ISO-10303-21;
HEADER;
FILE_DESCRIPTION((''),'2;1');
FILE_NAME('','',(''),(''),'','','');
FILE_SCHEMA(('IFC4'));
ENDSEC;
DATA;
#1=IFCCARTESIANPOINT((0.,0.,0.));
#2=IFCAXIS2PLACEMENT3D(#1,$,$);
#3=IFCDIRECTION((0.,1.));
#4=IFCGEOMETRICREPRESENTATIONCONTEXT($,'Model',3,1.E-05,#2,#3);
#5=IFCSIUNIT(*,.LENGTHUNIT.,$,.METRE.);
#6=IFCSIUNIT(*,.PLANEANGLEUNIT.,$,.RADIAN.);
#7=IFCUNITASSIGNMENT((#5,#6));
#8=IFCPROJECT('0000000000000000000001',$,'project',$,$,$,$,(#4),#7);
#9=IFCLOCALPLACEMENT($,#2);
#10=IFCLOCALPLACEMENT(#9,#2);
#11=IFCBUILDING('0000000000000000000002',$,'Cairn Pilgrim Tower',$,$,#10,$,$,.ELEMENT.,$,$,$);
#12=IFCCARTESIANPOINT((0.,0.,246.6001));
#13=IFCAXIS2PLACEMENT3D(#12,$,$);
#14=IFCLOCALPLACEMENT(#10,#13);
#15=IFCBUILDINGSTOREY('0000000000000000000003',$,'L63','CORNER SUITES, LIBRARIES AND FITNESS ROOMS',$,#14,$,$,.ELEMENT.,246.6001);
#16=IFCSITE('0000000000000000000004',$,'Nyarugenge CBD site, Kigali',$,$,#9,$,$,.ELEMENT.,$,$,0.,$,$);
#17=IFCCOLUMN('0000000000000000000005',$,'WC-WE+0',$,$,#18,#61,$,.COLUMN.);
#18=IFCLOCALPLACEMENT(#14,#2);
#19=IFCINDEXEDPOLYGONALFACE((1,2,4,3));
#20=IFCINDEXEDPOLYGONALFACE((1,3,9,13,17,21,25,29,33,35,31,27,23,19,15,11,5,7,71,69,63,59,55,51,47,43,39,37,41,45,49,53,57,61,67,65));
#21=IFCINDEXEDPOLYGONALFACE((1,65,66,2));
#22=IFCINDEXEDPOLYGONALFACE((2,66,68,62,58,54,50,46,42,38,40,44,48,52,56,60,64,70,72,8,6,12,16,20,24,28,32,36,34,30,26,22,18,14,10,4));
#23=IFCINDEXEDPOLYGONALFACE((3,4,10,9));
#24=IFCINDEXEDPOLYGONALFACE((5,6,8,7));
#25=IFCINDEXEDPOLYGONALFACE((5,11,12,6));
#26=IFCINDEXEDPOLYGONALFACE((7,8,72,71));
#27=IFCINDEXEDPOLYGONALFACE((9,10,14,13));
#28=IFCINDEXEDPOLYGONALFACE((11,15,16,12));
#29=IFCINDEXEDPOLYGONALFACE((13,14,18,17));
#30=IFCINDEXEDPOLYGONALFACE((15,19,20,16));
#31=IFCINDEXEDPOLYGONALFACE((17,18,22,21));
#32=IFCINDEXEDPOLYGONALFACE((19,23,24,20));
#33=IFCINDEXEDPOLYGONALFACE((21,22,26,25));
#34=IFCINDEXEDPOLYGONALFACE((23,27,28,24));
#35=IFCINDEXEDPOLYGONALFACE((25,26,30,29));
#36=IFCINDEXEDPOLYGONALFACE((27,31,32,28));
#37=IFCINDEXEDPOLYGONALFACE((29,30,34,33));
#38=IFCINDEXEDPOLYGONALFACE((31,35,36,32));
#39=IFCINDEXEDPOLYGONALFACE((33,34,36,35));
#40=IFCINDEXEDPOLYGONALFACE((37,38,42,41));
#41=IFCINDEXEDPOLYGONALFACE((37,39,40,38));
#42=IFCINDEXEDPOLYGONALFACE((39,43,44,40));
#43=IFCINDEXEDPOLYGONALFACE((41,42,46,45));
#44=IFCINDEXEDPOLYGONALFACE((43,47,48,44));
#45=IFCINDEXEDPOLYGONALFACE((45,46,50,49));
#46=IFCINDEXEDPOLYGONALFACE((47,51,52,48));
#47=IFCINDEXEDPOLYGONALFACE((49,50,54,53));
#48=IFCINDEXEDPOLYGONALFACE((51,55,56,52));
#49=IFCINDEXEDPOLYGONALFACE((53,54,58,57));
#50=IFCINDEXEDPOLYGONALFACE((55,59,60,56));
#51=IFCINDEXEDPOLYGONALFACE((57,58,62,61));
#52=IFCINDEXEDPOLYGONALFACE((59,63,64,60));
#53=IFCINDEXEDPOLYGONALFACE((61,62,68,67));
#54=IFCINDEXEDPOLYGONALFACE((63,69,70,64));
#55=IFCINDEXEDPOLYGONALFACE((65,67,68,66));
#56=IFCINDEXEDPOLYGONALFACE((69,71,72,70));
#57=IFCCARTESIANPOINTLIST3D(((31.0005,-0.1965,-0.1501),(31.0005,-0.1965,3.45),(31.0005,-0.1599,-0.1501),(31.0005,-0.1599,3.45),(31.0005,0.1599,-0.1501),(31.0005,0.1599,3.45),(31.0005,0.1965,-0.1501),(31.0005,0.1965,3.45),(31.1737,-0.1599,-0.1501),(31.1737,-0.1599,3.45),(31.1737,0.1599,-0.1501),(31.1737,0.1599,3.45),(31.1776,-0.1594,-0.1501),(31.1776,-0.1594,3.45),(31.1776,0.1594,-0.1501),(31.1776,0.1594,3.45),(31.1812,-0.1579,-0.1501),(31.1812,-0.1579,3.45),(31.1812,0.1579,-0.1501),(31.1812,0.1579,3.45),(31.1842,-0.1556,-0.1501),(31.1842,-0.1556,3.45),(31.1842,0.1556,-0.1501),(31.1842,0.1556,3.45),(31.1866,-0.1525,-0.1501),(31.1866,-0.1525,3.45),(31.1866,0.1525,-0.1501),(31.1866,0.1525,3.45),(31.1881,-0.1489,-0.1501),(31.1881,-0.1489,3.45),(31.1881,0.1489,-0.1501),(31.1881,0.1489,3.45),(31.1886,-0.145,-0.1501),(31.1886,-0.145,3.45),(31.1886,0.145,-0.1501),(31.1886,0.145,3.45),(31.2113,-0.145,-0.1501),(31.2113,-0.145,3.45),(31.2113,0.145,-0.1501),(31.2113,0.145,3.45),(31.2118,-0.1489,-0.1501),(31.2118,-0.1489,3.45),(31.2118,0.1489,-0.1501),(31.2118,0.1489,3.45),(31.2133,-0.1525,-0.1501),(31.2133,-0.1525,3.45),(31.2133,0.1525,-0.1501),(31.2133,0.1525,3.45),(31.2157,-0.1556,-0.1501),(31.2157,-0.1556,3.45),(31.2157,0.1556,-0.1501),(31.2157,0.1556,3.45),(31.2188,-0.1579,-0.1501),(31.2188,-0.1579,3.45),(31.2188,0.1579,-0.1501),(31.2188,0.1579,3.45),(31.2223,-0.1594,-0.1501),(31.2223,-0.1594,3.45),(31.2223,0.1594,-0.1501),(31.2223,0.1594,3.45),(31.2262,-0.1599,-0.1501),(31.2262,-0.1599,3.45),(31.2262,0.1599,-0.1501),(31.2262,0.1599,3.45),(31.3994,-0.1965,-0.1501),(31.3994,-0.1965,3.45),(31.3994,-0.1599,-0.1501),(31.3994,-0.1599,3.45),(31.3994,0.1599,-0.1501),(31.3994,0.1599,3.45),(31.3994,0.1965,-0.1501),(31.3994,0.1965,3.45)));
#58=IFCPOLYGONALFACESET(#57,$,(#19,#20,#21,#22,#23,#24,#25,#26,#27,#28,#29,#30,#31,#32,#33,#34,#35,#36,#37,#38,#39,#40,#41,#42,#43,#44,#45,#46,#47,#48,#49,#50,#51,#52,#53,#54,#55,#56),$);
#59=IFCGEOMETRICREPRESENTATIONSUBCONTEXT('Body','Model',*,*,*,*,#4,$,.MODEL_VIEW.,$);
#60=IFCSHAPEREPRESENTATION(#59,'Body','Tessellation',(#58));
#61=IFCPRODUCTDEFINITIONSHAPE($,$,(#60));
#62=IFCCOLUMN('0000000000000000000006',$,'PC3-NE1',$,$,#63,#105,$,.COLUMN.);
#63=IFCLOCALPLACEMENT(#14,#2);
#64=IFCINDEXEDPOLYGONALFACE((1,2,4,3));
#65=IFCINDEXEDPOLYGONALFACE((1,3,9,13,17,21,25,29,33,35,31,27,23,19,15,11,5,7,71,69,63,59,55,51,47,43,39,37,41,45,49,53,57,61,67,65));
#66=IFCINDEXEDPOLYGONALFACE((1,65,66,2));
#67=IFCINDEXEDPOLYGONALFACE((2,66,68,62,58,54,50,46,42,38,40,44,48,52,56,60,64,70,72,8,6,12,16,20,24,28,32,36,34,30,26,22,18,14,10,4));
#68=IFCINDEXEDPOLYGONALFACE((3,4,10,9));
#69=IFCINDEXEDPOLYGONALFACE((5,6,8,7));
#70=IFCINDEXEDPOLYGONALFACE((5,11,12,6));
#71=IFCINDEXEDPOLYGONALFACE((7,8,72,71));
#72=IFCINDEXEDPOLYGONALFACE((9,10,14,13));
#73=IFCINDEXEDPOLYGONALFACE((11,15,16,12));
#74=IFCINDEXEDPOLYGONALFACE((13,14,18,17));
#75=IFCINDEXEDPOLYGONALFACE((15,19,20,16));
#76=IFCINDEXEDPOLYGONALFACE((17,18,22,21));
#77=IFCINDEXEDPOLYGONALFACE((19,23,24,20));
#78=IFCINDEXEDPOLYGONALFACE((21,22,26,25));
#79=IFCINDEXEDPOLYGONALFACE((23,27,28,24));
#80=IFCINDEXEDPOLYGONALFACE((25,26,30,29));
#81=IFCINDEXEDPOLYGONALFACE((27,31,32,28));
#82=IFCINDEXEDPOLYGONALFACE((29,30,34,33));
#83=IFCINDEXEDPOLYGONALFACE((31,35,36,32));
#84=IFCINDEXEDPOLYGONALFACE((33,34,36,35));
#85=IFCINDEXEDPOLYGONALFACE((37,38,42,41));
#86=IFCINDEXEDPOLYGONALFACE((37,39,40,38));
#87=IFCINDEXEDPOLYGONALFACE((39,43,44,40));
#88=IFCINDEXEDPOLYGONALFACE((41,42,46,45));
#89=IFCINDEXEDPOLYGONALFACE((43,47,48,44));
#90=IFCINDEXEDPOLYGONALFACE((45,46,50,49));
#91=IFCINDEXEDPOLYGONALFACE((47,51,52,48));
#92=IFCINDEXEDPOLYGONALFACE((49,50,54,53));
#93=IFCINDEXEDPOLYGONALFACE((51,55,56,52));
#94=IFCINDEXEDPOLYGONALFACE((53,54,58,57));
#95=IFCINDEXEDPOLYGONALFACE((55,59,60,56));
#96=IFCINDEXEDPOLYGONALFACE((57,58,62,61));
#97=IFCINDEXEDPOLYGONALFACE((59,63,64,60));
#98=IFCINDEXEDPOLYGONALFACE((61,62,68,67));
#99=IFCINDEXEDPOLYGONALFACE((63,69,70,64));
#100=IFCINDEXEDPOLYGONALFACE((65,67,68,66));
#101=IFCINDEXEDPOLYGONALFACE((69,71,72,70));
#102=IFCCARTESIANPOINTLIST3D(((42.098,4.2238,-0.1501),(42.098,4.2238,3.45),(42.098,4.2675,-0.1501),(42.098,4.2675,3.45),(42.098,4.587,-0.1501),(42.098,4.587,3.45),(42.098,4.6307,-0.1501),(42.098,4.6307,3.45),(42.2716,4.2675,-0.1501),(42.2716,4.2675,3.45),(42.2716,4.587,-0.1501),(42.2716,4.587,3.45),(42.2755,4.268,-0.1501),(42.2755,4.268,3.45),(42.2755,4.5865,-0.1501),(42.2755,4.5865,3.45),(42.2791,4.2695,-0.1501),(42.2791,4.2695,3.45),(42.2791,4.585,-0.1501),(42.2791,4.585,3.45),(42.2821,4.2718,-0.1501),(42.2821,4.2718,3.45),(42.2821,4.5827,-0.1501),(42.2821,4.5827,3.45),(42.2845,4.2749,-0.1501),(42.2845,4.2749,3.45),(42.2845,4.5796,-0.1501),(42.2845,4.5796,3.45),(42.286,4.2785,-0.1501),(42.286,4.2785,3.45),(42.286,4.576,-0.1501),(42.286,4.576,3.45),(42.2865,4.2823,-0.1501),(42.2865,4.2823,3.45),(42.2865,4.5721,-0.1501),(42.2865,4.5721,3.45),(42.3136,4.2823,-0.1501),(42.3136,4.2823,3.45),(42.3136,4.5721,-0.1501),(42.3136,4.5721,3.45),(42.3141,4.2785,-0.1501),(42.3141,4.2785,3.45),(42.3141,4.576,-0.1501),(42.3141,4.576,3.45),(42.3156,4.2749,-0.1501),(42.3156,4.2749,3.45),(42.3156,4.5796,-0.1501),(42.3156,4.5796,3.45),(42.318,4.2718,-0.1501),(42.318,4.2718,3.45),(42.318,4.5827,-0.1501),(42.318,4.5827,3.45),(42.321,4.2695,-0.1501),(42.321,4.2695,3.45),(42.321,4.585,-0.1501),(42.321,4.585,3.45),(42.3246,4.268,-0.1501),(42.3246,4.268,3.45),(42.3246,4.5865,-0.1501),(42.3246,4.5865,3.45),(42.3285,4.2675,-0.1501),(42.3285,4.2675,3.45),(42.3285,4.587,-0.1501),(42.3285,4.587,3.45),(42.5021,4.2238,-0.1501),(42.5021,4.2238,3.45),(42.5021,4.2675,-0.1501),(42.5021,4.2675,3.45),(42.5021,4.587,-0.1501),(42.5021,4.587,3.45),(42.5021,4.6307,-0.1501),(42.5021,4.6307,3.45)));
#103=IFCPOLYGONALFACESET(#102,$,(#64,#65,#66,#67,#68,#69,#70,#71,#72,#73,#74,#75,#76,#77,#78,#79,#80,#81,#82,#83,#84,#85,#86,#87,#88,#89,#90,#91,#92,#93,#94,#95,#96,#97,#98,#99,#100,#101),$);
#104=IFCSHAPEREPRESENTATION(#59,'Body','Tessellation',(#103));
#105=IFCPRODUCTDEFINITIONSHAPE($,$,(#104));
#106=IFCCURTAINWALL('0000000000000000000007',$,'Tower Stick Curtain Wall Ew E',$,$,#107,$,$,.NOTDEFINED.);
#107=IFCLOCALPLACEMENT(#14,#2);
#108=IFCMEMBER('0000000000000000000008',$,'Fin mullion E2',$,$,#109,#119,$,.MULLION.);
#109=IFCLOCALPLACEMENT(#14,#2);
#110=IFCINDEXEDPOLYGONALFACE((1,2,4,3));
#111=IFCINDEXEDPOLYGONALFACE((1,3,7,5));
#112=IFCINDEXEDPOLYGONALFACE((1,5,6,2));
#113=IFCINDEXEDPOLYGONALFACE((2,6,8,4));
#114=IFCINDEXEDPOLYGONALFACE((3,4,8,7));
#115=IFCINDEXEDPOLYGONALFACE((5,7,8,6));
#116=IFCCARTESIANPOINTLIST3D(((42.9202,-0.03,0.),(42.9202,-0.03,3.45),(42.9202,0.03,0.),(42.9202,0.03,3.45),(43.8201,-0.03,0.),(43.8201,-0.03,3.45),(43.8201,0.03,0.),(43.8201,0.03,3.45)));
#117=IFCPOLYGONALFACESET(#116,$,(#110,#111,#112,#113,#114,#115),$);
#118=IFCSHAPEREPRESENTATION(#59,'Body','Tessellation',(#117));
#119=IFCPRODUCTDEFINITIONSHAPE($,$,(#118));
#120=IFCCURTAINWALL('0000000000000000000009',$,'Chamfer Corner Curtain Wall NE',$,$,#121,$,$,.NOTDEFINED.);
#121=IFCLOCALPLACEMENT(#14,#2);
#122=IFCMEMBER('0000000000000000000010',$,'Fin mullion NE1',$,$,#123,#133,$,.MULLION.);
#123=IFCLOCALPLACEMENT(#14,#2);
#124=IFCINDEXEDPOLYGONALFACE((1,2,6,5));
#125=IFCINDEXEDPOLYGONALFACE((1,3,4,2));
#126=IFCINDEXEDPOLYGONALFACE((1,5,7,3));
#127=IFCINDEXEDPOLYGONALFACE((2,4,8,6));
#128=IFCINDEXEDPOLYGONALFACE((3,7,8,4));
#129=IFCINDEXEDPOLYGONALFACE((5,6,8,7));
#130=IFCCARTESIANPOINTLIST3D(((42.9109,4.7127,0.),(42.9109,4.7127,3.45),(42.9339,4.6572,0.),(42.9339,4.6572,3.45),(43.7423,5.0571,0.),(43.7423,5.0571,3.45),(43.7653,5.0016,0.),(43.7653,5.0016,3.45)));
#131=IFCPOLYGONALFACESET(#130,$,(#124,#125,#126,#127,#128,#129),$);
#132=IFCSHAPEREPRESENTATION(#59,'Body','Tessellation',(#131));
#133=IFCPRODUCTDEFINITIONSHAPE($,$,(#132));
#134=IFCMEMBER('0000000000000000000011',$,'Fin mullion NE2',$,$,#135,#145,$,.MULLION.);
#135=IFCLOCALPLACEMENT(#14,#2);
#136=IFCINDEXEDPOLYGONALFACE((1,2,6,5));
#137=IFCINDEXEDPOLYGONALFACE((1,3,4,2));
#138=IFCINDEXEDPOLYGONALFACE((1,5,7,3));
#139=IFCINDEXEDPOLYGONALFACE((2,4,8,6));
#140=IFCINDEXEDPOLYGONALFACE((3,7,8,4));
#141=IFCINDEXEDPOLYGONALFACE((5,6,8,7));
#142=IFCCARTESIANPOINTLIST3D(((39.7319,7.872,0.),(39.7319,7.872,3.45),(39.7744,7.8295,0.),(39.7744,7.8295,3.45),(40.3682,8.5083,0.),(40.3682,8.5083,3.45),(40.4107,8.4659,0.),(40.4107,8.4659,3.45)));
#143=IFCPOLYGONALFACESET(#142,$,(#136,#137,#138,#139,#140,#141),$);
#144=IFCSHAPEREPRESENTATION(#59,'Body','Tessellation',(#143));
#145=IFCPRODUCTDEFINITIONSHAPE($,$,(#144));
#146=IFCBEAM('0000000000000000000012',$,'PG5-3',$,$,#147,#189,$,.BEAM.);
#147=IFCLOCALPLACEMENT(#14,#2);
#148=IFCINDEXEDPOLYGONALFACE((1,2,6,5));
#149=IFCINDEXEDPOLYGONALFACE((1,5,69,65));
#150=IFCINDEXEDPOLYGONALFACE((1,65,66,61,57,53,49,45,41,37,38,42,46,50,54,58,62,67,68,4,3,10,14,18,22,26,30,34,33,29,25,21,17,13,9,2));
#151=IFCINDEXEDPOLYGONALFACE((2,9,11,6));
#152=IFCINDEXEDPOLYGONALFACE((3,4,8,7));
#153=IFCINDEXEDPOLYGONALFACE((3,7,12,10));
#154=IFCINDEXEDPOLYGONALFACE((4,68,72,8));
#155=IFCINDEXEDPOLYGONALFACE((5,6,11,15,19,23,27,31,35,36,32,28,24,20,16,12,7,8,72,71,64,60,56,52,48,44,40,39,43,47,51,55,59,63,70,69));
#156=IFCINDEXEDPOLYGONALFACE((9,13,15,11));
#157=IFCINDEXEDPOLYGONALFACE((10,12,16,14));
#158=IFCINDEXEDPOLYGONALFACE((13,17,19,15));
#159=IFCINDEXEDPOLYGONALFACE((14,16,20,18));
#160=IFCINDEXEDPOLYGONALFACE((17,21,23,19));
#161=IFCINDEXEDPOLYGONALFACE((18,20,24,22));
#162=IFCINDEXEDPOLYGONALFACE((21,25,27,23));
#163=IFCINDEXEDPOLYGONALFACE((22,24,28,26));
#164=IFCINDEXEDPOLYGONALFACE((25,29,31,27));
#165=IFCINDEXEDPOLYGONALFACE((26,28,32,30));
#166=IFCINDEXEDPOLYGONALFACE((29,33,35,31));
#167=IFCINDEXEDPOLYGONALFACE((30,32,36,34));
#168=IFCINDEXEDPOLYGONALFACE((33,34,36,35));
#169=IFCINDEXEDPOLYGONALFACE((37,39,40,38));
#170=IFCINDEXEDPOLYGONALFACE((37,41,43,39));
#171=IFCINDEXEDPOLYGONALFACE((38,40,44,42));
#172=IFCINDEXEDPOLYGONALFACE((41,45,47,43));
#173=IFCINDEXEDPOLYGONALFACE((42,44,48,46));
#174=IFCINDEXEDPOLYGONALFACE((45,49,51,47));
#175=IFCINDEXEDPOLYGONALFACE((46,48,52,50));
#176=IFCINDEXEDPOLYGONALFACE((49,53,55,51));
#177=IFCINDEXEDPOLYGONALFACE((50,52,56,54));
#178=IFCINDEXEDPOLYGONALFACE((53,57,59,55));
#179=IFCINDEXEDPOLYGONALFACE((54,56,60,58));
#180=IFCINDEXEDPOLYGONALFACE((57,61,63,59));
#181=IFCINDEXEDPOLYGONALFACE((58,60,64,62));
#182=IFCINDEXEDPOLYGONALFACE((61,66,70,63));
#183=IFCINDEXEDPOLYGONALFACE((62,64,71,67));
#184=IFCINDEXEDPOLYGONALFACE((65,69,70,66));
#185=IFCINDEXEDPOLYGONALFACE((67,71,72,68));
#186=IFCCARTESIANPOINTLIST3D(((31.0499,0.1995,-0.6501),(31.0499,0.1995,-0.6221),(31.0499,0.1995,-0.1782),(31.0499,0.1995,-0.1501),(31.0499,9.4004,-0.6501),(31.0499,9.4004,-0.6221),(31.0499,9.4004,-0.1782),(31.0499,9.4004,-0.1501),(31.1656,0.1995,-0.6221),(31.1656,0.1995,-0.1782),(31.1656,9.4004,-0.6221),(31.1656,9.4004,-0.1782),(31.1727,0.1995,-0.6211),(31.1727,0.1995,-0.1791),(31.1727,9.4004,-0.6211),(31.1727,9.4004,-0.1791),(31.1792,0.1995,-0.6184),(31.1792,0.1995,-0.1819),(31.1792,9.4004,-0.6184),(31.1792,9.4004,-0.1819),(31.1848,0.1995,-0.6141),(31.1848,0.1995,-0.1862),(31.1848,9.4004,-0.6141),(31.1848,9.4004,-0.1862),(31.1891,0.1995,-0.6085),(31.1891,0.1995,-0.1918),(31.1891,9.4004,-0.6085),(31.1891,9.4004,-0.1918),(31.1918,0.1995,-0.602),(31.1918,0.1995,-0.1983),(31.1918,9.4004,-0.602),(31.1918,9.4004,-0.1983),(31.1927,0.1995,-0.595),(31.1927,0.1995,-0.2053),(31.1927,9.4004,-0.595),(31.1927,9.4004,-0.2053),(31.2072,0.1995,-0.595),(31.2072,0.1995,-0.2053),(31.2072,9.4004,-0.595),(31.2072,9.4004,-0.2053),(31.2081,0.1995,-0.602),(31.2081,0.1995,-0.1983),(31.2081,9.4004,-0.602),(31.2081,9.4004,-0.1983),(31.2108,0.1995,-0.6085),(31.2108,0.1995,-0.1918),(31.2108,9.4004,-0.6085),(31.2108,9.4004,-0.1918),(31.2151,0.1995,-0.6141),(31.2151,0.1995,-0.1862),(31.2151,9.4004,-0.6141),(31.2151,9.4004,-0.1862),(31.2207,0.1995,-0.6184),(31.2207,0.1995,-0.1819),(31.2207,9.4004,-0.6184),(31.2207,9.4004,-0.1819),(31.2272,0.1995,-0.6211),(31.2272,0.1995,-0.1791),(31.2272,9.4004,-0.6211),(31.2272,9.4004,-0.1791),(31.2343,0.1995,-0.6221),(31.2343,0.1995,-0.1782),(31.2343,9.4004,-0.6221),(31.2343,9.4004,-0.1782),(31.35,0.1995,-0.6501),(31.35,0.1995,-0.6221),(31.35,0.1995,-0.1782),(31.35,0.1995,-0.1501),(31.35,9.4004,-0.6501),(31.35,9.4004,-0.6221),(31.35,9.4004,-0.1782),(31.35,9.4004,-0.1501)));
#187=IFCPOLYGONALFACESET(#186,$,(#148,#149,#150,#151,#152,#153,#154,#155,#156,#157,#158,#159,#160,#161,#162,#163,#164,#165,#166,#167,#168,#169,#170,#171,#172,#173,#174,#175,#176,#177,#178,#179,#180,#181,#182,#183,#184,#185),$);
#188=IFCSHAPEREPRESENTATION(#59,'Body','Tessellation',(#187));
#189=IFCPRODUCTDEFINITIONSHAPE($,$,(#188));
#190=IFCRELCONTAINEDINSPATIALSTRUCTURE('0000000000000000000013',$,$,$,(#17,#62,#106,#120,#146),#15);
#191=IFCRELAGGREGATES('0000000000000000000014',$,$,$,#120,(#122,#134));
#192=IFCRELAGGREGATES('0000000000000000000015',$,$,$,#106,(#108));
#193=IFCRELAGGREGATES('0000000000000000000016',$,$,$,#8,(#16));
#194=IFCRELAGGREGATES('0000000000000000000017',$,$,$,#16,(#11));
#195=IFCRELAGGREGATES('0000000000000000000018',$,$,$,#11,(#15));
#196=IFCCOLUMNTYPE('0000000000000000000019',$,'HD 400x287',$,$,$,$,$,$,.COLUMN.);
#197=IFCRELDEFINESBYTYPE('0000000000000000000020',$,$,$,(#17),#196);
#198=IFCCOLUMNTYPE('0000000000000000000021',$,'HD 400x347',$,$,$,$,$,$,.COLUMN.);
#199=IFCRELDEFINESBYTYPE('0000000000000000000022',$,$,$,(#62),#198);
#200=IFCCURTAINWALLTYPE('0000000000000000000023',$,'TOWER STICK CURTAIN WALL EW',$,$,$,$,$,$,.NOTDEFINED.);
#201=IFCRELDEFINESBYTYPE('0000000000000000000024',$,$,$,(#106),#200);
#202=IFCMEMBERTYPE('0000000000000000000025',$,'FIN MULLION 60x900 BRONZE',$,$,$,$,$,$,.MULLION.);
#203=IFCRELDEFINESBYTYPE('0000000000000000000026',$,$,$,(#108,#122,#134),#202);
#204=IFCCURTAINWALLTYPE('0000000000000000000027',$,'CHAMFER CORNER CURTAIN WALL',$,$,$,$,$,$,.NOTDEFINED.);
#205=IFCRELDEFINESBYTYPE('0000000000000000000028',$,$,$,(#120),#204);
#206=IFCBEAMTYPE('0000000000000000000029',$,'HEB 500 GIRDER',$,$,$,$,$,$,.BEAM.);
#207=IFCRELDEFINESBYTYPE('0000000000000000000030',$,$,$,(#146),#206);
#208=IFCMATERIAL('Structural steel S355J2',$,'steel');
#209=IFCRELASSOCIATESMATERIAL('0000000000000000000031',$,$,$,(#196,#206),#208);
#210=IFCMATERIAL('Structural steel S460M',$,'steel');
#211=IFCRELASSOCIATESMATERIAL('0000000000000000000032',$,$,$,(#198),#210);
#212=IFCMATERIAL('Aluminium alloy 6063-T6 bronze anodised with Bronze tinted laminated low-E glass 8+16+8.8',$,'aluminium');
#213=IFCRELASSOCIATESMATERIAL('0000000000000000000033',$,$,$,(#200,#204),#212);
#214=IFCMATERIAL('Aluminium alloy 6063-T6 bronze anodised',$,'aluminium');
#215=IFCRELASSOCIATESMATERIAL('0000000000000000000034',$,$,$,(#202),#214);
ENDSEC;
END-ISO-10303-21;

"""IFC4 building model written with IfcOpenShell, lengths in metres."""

from ifc_helpers import new_model, si_unit, direction, frame, origin, origin_2d, place, context, subcontext, project, spatial, rectangle, i_section, extrude, material, material_profile, profile_set, type_object, element, aggregate, save


model = new_model("IFC4")

# Units and contexts
model_context = context("Model", 3, precision=1e-05, world=origin(), true_north=direction((0.0, 1.0)))
body_context = subcontext(model_context, "Body", "Model", "MODEL_VIEW")
ifc_project = project(units=[si_unit("LENGTHUNIT", "METRE"), si_unit("PLANEANGLEUNIT", "RADIAN")], contexts=[model_context])

# Site, building, storey
site_placement = place(None, origin())
site = spatial("IfcSite", under=ifc_project, at=site_placement, Name="Nyarugenge CBD site, Kigali", CompositionType="ELEMENT", RefElevation=0.0)
building_placement = place(site_placement, origin())
building = spatial("IfcBuilding", under=site, at=building_placement, Name="Cairn Pilgrim Tower", CompositionType="ELEMENT")
storey_placement = place(building_placement, frame((0.0, 0.0, 246.6001)))
storey = spatial("IfcBuildingStorey", under=building, at=storey_placement, Name="L63", Description="CORNER SUITES, LIBRARIES AND FITNESS ROOMS", CompositionType="ELEMENT", Elevation=246.6001)

# Columns
ifc_material_1 = material(Name="Structural steel S355J2", Category="steel")
ifc_material_profile_1 = material_profile(ifc_material_1, i_section(OverallWidth=0.3989, OverallDepth=0.3931, WebThickness=0.0227, FlangeThickness=0.0366, FilletRadius=0.0149, at=origin_2d()), Name="HD 400x287")
ifc_profile_set_1 = profile_set([ifc_material_profile_1], Name="Structural steel S355J2")
column_type_1 = type_object("IfcColumnType", Name="HD 400x287", PredefinedType="COLUMN", material=ifc_profile_set_1)
column_1_placement = place(storey_placement, frame((31.2, 0.0, -0.1501), z_axis=(0.0, 0.0, 1.0), x_axis=(1.0, 0.0, 0.0)))
element("IfcColumn", 1, at=column_1_placement, inside=storey, type_object=column_type_1, Name="WC-WE+0", PredefinedType="COLUMN", context=body_context, shape_type="SweptSolid", body=[
    extrude(i_section(OverallWidth=0.3989, OverallDepth=0.3931, WebThickness=0.0227, FlangeThickness=0.0366, FilletRadius=0.0149, at=origin_2d()), origin(), (0.0, 0.0, 1.0), 3.6001),
])
ifc_material_2 = material(Name="Structural steel S460M", Category="steel")
ifc_material_profile_2 = material_profile(ifc_material_2, i_section(OverallWidth=0.4041, OverallDepth=0.407, WebThickness=0.0271, FlangeThickness=0.0437, FilletRadius=0.0149, at=origin_2d()), Name="HD 400x347")
ifc_profile_set_2 = profile_set([ifc_material_profile_2], Name="Structural steel S460M")
column_type_2 = type_object("IfcColumnType", Name="HD 400x347", PredefinedType="COLUMN", material=ifc_profile_set_2)
column_2_placement = place(storey_placement, frame((42.3, 4.4272, -0.1501), z_axis=(0.0, 0.0, 1.0), x_axis=(1.0, 0.0, 0.0)))
element("IfcColumn", 2, at=column_2_placement, inside=storey, type_object=column_type_2, Name="PC3-NE1", PredefinedType="COLUMN", context=body_context, shape_type="SweptSolid", body=[
    extrude(i_section(OverallWidth=0.4041, OverallDepth=0.407, WebThickness=0.0271, FlangeThickness=0.0437, FilletRadius=0.0149, at=origin_2d()), origin(), (0.0, 0.0, 1.0), 3.6001),
])

# Curtain wall, member
ifc_material_3 = material(Name="Aluminium alloy 6063-T6 bronze anodised with Bronze tinted laminated low-E glass 8+16+8.8", Category="aluminium")
curtain_wall_type_1 = type_object("IfcCurtainWallType", Name="TOWER STICK CURTAIN WALL EW", PredefinedType="NOTDEFINED", material=ifc_material_3)
curtain_wall_1_placement = place(storey_placement, origin())
curtain_wall_1 = element("IfcCurtainWall", 3, at=curtain_wall_1_placement, inside=storey, type_object=curtain_wall_type_1, Name="Tower Stick Curtain Wall Ew E", PredefinedType="NOTDEFINED")
ifc_material_4 = material(Name="Aluminium alloy 6063-T6 bronze anodised", Category="aluminium")
ifc_material_profile_3 = material_profile(ifc_material_4, rectangle(XDim=0.8999, YDim=0.0601, at=origin_2d()), Name="FIN MULLION 60x900 BRONZE")
ifc_profile_set_3 = profile_set([ifc_material_profile_3], Name="Aluminium alloy 6063-T6 bronze anodised")
member_type_1 = type_object("IfcMemberType", Name="FIN MULLION 60x900 BRONZE", PredefinedType="MULLION", material=ifc_profile_set_3)
member_1_placement = place(storey_placement, frame((43.3701, 0.0, 0.0), z_axis=(0.0, 0.0, 1.0), x_axis=(1.0, 0.0, 0.0)))
member_1 = element("IfcMember", 4, at=member_1_placement, type_object=member_type_1, Name="Fin mullion E2", PredefinedType="MULLION", context=body_context, shape_type="SweptSolid", body=[
    extrude(rectangle(XDim=0.8999, YDim=0.0601, at=origin_2d()), origin(), (0.0, 0.0, 1.0), 3.45),
])

# Curtain wall, members
curtain_wall_type_2 = type_object("IfcCurtainWallType", Name="CHAMFER CORNER CURTAIN WALL", PredefinedType="NOTDEFINED", material=ifc_material_3)
curtain_wall_2_placement = place(storey_placement, origin())
curtain_wall_2 = element("IfcCurtainWall", 5, at=curtain_wall_2_placement, inside=storey, type_object=curtain_wall_type_2, Name="Chamfer Corner Curtain Wall NE", PredefinedType="NOTDEFINED")
member_2_placement = place(storey_placement, frame((43.3381, 4.8572, 0.0), z_axis=(0.0, 0.0, 1.0), x_axis=(0.92388, 0.382683, 0.0)))
member_2 = element("IfcMember", 6, at=member_2_placement, type_object=member_type_1, Name="Fin mullion NE1", PredefinedType="MULLION", context=body_context, shape_type="SweptSolid", body=[
    extrude(rectangle(XDim=0.8999, YDim=0.0601, at=origin_2d()), origin(), (0.0, 0.0, 1.0), 3.45),
])
member_3_placement = place(storey_placement, frame((40.0713, 8.1689, 0.0), z_axis=(0.0, 0.0, 1.0), x_axis=(0.707107, 0.707107, 0.0)))
member_3 = element("IfcMember", 7, at=member_3_placement, type_object=member_type_1, Name="Fin mullion NE2", PredefinedType="MULLION", context=body_context, shape_type="SweptSolid", body=[
    extrude(rectangle(XDim=0.8999, YDim=0.0601, at=origin_2d()), origin(), (0.0, 0.0, 1.0), 3.45),
])

# Beam
ifc_material_profile_4 = material_profile(ifc_material_1, i_section(OverallWidth=0.3, OverallDepth=0.5, WebThickness=0.0144, FlangeThickness=0.0281, FilletRadius=0.0271, at=origin_2d()), Name="HEB 500")
ifc_profile_set_4 = profile_set([ifc_material_profile_4], Name="Structural steel S355J2")
beam_type_1 = type_object("IfcBeamType", Name="HEB 500 GIRDER", PredefinedType="BEAM", material=ifc_profile_set_4)
beam_1_placement = place(storey_placement, frame((31.2, 0.1995, -0.4001), z_axis=(0.0, 1.0, 0.0), x_axis=(-1.0, 0.0, 0.0)))
element("IfcBeam", 8, at=beam_1_placement, inside=storey, type_object=beam_type_1, Name="PG5-3", PredefinedType="BEAM", context=body_context, shape_type="SweptSolid", body=[
    extrude(i_section(OverallWidth=0.3, OverallDepth=0.5, WebThickness=0.0144, FlangeThickness=0.0281, FilletRadius=0.0271, at=origin_2d()), origin(), (0.0, 0.0, 1.0), 9.2009),
])

aggregate(curtain_wall_2, [member_2, member_3])
aggregate(curtain_wall_1, [member_1])

save(model, "model.ifc")
